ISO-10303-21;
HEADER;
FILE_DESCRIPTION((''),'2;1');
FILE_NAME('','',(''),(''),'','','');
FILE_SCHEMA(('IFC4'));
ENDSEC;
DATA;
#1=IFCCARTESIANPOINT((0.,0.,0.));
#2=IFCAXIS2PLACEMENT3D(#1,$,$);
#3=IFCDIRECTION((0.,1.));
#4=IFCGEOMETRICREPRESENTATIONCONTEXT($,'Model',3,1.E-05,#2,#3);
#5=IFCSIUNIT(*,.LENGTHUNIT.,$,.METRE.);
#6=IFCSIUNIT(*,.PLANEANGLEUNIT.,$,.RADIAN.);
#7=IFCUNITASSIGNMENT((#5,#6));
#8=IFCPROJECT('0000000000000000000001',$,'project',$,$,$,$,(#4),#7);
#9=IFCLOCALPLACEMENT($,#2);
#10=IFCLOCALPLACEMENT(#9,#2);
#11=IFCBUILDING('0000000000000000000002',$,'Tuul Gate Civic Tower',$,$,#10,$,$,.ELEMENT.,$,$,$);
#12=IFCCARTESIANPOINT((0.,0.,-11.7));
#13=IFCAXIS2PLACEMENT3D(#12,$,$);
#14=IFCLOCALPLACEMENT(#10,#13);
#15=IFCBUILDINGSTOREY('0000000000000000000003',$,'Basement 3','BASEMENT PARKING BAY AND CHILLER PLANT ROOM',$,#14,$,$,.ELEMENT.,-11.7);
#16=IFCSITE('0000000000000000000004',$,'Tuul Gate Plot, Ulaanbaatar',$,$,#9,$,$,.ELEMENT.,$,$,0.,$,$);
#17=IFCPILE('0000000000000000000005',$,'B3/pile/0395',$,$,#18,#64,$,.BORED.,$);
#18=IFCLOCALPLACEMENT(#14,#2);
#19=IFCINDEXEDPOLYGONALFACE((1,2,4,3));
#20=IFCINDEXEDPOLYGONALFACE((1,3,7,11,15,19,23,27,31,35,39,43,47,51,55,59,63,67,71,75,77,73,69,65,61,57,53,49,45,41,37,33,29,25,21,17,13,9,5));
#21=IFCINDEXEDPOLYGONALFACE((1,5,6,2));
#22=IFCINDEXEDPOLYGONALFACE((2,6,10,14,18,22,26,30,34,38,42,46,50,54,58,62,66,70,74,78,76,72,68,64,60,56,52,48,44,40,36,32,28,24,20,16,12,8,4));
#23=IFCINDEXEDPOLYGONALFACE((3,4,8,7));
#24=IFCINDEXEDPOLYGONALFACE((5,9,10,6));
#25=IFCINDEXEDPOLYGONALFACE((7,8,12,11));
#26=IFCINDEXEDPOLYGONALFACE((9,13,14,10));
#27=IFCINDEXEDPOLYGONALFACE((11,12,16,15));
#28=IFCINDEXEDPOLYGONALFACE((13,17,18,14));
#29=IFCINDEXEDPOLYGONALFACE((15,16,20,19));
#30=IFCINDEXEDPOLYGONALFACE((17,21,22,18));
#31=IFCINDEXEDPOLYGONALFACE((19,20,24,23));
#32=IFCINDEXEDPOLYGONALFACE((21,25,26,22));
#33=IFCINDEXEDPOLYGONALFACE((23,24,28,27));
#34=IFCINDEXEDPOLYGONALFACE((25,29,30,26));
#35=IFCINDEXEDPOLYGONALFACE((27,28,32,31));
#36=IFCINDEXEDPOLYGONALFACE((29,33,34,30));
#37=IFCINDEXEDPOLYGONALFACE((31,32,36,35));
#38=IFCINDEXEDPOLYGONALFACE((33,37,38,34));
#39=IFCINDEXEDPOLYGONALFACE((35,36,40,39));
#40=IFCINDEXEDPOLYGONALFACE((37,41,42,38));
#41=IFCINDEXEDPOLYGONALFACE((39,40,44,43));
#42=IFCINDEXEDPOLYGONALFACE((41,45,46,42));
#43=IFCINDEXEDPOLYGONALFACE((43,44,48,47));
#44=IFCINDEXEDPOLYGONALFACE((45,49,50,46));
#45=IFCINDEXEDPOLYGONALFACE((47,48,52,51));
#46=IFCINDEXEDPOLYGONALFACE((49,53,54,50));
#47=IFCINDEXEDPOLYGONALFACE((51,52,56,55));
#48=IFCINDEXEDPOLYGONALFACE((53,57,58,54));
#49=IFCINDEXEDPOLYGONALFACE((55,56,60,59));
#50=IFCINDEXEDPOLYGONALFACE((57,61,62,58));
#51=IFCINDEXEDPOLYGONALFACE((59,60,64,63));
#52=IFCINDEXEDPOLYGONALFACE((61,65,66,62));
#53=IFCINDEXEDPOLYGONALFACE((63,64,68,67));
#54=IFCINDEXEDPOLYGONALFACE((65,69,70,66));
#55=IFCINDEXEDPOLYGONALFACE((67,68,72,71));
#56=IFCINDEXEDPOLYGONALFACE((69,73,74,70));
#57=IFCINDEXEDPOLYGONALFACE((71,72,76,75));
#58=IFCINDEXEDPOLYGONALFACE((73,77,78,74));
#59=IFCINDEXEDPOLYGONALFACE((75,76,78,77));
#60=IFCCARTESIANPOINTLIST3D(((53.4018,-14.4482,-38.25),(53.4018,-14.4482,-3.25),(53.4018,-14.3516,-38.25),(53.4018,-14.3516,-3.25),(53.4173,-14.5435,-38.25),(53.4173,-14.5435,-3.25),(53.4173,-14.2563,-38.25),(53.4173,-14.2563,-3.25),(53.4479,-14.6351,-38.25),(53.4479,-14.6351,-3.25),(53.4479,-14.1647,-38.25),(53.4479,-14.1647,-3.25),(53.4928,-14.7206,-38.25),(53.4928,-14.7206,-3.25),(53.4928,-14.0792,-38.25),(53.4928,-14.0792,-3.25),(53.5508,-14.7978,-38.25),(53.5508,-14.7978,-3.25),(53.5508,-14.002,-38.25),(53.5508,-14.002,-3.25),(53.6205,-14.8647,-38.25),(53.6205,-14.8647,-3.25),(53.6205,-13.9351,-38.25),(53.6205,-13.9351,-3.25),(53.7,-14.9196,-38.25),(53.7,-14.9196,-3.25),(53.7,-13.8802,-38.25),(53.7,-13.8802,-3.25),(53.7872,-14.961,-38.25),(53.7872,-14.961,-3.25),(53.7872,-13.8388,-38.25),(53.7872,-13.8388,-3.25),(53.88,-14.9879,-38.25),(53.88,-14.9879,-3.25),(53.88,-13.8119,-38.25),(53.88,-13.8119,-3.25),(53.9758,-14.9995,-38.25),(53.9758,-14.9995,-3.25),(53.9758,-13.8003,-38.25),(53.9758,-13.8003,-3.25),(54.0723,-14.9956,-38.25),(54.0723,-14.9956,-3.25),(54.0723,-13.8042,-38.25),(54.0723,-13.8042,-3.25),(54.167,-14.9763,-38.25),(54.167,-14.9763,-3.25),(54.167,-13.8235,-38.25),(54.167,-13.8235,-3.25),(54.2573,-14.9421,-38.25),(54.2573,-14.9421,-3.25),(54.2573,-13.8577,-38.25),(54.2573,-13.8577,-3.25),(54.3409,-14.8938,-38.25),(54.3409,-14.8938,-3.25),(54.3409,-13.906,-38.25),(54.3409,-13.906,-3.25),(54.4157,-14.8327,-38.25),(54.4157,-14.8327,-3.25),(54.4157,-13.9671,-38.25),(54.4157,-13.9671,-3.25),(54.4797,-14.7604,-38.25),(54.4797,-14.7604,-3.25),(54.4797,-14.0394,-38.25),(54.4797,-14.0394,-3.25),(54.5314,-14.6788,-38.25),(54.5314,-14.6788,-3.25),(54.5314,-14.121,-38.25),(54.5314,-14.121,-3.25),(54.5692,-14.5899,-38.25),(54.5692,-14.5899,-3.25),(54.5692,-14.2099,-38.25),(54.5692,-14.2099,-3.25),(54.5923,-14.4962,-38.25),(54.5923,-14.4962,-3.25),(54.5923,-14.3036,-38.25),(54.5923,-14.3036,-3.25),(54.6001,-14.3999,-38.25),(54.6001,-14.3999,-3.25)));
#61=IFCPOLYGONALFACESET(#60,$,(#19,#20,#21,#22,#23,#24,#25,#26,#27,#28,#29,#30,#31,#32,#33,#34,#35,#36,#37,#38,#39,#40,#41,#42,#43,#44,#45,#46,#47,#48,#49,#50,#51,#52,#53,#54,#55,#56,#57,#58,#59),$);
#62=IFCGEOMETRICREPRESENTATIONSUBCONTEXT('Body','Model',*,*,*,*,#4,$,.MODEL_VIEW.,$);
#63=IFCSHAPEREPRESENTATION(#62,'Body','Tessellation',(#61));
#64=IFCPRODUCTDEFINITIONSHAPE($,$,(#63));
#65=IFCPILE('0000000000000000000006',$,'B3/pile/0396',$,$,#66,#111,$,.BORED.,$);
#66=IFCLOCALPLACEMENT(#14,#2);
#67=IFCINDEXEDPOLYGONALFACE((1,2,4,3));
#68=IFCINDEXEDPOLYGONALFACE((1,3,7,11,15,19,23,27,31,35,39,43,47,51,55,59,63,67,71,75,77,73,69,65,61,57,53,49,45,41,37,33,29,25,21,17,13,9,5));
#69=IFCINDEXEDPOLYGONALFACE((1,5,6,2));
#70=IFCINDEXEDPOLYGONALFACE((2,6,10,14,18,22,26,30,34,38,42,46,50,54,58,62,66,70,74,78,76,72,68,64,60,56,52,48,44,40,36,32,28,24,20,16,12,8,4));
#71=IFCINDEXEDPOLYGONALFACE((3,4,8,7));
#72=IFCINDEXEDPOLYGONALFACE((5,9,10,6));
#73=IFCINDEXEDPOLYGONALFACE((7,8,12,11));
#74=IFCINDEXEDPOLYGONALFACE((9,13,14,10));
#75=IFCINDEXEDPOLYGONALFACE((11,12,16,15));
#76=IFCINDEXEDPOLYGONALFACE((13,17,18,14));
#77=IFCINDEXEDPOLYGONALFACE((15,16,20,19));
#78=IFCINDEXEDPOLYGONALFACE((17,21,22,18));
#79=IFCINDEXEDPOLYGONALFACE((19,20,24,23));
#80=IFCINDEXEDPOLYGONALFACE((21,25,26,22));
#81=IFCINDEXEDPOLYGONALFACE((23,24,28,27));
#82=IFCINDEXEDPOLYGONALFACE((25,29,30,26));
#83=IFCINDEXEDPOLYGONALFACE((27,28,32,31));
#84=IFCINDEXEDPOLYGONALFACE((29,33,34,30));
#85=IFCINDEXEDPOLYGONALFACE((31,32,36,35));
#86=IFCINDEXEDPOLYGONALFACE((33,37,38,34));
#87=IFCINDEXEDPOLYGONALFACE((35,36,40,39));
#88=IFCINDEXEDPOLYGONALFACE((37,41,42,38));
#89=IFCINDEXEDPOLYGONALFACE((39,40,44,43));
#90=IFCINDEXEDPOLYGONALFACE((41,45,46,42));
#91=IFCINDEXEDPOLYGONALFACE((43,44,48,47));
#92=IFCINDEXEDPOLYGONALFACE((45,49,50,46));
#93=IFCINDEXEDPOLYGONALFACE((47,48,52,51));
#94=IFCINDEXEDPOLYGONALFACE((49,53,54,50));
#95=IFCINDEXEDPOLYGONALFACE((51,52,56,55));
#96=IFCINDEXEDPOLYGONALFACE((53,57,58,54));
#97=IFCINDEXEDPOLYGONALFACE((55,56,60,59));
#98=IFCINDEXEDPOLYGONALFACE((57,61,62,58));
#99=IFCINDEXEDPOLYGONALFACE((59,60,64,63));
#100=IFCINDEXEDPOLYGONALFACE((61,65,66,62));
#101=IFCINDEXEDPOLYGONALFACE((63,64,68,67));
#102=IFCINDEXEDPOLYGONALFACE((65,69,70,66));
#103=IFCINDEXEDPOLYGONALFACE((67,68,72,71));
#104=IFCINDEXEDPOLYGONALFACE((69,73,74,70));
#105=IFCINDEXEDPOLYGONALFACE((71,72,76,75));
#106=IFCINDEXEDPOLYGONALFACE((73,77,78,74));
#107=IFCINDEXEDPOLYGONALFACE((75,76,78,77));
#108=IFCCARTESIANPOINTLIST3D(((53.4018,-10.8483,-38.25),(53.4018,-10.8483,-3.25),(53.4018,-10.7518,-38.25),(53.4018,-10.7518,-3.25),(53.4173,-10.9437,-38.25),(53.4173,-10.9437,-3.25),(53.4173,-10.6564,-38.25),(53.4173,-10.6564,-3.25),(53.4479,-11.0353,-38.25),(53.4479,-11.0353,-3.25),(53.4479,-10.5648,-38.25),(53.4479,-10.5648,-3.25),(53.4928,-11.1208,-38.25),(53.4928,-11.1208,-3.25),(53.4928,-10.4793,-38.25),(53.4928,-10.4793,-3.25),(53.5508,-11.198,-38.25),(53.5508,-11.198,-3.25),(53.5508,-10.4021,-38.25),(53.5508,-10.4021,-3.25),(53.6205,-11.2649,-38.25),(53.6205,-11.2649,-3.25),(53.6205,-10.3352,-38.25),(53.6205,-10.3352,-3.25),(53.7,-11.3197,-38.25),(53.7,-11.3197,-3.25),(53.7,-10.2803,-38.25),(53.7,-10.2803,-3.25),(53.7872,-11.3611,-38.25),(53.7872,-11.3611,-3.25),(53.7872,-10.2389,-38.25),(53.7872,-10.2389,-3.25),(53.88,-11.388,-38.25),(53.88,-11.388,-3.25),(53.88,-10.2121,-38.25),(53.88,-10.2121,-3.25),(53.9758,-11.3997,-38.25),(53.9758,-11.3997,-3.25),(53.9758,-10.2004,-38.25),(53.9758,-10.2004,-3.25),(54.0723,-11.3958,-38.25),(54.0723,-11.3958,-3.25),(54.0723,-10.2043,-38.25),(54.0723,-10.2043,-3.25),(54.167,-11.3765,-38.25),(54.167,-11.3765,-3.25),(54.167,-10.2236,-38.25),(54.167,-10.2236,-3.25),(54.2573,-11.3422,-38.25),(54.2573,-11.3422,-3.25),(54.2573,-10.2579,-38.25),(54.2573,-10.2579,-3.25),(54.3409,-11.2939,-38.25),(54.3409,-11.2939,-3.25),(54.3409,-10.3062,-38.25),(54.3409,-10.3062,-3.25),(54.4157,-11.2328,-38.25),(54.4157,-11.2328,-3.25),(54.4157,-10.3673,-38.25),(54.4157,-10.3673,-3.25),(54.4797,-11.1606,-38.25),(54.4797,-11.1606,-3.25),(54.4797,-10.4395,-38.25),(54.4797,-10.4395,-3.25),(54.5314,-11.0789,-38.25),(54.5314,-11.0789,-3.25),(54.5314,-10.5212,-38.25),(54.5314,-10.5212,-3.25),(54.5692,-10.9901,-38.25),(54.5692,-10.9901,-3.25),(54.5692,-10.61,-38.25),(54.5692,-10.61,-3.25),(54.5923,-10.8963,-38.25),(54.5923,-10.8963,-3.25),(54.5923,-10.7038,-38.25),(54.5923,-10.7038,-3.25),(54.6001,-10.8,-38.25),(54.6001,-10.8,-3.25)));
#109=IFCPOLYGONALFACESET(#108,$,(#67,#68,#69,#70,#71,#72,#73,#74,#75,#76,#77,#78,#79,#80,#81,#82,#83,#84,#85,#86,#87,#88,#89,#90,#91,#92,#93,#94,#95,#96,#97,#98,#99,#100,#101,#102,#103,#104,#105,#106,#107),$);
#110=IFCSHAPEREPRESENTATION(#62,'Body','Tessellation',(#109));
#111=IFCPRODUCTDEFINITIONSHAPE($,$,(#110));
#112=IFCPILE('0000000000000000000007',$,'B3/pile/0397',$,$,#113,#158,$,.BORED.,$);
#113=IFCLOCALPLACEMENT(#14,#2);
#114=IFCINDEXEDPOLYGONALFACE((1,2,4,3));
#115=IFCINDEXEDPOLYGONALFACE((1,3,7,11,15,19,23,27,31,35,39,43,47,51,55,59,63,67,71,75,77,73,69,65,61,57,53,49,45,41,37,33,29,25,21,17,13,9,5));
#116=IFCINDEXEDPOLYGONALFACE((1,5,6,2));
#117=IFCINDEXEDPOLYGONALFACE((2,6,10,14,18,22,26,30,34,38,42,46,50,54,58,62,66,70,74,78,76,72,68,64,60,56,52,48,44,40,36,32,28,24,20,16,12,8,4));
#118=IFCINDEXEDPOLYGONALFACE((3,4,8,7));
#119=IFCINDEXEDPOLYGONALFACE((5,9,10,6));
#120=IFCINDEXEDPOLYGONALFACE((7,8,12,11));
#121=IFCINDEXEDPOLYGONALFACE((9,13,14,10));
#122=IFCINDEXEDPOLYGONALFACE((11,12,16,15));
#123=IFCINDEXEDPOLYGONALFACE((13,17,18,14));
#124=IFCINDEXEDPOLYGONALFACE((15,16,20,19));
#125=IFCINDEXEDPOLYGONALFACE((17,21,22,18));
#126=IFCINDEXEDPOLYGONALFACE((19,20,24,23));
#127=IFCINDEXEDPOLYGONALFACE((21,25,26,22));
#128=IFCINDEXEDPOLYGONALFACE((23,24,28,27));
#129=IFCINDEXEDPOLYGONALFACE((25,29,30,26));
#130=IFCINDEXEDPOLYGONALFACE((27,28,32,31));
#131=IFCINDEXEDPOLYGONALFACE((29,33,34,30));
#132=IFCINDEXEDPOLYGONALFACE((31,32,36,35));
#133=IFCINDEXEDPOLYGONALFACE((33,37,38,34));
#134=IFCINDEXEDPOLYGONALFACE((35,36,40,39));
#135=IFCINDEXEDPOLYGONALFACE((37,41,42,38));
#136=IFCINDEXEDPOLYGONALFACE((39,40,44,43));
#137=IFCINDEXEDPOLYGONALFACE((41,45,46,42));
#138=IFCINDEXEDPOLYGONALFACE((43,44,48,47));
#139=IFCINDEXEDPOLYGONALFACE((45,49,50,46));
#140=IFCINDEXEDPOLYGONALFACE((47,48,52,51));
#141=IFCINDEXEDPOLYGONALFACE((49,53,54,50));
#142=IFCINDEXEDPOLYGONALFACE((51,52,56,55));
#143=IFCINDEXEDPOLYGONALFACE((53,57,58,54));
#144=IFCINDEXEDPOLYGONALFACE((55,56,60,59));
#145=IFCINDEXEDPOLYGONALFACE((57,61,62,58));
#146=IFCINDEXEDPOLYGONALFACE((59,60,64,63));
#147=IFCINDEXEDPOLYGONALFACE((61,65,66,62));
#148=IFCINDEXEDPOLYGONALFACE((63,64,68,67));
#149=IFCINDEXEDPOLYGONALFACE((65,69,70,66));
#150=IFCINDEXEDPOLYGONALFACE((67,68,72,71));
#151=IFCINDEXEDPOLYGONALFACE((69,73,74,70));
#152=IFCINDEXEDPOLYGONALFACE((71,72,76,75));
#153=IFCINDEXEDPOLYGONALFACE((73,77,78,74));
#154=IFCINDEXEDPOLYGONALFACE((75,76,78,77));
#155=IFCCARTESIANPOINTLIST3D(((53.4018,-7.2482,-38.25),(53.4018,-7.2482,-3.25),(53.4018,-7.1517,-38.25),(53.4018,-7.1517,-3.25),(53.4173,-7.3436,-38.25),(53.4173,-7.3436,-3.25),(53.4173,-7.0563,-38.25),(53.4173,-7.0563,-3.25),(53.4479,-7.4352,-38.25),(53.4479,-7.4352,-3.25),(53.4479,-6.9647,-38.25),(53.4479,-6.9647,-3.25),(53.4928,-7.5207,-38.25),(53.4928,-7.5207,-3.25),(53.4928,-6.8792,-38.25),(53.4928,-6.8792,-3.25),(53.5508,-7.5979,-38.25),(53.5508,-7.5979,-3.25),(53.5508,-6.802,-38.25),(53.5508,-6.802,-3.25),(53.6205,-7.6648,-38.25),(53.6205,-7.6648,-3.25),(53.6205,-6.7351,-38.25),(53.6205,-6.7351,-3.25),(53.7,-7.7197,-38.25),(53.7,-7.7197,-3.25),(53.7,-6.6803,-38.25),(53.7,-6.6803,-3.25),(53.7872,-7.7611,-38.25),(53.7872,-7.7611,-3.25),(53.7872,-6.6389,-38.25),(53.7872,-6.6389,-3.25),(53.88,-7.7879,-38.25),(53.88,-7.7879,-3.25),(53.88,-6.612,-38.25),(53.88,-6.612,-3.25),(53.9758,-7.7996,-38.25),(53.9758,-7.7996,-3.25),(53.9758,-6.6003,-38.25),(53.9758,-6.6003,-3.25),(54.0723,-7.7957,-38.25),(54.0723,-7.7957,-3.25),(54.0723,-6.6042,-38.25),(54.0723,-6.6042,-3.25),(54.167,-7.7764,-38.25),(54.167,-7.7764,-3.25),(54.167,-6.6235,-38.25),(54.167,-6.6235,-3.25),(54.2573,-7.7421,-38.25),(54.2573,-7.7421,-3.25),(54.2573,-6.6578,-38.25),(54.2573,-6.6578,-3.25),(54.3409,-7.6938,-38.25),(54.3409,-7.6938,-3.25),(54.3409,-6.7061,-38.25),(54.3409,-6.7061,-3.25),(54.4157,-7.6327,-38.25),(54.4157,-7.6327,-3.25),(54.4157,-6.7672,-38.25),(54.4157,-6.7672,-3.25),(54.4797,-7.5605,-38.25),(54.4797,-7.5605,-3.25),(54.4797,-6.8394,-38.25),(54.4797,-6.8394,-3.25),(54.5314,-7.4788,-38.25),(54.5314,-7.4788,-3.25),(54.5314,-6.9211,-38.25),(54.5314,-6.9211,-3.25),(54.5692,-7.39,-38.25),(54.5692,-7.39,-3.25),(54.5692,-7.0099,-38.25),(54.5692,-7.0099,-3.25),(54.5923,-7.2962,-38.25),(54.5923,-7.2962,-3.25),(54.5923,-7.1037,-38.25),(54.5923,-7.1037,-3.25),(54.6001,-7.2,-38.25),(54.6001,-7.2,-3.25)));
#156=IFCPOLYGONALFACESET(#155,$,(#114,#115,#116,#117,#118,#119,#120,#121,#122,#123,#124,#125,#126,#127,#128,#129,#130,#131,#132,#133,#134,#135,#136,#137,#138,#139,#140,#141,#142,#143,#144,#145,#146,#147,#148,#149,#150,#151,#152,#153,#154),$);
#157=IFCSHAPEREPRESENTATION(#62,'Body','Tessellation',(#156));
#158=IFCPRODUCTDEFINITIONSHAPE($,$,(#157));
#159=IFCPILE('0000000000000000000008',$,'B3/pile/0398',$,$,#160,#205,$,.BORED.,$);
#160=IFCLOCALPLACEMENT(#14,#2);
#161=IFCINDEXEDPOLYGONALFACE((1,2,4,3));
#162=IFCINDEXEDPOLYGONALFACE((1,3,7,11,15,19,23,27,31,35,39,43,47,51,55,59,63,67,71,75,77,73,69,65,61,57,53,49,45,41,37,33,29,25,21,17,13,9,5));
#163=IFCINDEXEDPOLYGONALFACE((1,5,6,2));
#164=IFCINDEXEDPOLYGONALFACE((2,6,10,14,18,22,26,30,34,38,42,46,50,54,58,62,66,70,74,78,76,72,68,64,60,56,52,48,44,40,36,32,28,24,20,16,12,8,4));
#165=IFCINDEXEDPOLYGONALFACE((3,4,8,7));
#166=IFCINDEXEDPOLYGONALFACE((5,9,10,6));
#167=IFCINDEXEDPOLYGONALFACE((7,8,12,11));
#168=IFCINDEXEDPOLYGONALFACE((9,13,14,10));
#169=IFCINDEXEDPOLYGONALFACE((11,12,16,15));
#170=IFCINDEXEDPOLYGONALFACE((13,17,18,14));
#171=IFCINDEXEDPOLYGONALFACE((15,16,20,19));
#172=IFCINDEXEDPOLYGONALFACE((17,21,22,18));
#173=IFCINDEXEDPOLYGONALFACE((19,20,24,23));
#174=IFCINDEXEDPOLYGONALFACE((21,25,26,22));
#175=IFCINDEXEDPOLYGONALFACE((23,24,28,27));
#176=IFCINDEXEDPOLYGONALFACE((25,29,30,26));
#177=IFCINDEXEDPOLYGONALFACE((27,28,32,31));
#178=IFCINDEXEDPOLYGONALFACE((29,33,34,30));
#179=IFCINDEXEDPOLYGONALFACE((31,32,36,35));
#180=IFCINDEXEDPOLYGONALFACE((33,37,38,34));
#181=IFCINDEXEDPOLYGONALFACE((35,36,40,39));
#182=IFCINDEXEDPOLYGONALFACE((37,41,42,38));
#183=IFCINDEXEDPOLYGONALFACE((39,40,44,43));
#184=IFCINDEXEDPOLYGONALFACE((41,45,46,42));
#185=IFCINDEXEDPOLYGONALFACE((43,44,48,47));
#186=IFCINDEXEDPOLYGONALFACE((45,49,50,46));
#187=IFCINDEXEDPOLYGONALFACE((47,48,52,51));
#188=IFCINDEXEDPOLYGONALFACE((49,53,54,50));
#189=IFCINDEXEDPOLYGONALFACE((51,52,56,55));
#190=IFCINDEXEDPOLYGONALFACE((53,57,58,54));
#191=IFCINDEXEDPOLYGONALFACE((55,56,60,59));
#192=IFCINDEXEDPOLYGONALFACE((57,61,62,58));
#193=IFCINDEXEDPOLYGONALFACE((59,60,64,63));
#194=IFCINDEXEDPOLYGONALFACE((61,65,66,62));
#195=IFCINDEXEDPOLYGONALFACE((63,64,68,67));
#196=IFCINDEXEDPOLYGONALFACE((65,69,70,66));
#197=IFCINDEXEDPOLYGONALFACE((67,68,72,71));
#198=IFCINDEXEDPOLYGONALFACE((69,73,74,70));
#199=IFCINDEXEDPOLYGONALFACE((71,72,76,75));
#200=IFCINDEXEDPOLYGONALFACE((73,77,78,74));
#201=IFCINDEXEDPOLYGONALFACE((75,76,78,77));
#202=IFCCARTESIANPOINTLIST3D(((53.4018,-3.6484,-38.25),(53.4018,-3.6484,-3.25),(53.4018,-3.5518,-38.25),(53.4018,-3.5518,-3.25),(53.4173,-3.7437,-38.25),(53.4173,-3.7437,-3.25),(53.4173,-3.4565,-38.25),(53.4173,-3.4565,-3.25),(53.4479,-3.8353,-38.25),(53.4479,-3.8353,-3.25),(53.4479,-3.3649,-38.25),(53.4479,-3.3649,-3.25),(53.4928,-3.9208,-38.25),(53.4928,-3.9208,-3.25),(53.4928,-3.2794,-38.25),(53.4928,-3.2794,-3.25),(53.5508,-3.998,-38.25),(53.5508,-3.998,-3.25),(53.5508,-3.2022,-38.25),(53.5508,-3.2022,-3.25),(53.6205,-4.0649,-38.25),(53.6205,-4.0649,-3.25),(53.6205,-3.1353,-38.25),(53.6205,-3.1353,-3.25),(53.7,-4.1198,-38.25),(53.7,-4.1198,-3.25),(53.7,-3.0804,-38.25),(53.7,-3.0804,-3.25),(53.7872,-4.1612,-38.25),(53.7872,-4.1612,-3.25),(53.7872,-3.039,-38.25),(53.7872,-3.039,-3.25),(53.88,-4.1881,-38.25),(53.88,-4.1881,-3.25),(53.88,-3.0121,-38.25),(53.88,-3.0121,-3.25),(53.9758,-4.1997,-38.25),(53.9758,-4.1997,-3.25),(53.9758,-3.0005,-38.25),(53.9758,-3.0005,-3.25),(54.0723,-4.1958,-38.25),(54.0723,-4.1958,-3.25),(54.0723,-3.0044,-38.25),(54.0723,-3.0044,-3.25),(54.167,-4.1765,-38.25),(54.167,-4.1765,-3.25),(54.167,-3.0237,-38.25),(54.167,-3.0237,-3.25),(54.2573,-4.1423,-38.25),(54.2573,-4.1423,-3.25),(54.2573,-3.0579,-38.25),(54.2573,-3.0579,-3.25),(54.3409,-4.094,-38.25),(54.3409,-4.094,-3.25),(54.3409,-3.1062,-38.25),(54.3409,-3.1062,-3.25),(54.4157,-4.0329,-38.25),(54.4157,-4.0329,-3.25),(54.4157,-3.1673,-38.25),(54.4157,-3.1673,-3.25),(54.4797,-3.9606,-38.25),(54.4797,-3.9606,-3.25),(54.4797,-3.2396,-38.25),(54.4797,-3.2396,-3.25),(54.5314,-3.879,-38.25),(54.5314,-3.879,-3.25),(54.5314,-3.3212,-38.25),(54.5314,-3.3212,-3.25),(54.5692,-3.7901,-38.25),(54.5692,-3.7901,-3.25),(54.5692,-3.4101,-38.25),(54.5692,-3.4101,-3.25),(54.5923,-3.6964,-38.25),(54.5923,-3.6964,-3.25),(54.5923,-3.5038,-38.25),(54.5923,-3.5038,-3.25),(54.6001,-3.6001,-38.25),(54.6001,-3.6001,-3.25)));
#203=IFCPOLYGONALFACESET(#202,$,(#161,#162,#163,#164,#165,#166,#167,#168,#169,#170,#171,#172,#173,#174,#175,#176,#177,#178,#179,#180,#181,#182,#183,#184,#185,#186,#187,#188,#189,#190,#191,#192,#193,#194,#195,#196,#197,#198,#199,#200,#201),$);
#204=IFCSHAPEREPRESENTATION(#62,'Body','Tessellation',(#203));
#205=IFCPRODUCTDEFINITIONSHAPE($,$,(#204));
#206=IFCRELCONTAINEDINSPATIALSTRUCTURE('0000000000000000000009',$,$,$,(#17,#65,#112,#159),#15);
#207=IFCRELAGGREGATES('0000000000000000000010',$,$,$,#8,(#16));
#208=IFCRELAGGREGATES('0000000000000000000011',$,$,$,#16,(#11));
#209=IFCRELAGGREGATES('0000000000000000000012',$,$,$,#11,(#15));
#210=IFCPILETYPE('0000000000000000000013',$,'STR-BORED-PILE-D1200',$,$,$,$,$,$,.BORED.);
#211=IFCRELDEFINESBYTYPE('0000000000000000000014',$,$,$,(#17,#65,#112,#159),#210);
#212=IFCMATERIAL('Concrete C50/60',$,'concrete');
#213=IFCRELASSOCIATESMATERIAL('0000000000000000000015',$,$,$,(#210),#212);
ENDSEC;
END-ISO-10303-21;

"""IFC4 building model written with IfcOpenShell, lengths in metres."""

from ifc_helpers import new_model, si_unit, direction, frame, origin, origin_2d, place, context, subcontext, project, spatial, circle, extrude, material, material_profile, profile_set, type_object, element, save


model = new_model("IFC4")

# Units and contexts
model_context = context("Model", 3, precision=1e-05, world=origin(), true_north=direction((0.0, 1.0)))
body_context = subcontext(model_context, "Body", "Model", "MODEL_VIEW")
ifc_project = project(units=[si_unit("LENGTHUNIT", "METRE"), si_unit("PLANEANGLEUNIT", "RADIAN")], contexts=[model_context])

# Site, building, storey
site_placement = place(None, origin())
site = spatial("IfcSite", under=ifc_project, at=site_placement, Name="Tuul Gate Plot, Ulaanbaatar", CompositionType="ELEMENT", RefElevation=0.0)
building_placement = place(site_placement, origin())
building = spatial("IfcBuilding", under=site, at=building_placement, Name="Tuul Gate Civic Tower", CompositionType="ELEMENT")
storey_placement = place(building_placement, frame((0.0, 0.0, -11.7)))
storey = spatial("IfcBuildingStorey", under=building, at=storey_placement, Name="Basement 3", Description="BASEMENT PARKING BAY AND CHILLER PLANT ROOM", CompositionType="ELEMENT", Elevation=-11.7)

# Piles
ifc_material_1 = material(Name="Concrete C50/60", Category="concrete")
ifc_material_profile_1 = material_profile(ifc_material_1, circle(Radius=0.6001, at=origin_2d()), Name="PILE1200")
ifc_profile_set_1 = profile_set([ifc_material_profile_1], Name="Concrete C50/60")
pile_type = type_object("IfcPileType", Name="STR-BORED-PILE-D1200", PredefinedType="BORED", material=ifc_profile_set_1)
for number, where, z_axis, x_axis, name in (
    (1, (54.0, -14.3999, -3.25), (0.0, 0.0, -1.0), (1.0, 0.0, 0.0), "B3/pile/0395"),
    (2, (54.0, -10.8, -3.25), (0.0, 0.0, -1.0), (1.0, 0.0, 0.0), "B3/pile/0396"),
    (3, (54.0, -7.2, -3.25), (0.0, 0.0, -1.0), (1.0, 0.0, 0.0), "B3/pile/0397"),
    (4, (54.0, -3.6001, -3.25), (0.0, 0.0, -1.0), (1.0, 0.0, 0.0), "B3/pile/0398"),
):
    element("IfcPile", number, at=place(storey_placement, frame(where, z_axis=z_axis, x_axis=x_axis)), inside=storey, type_object=pile_type, Name=name, PredefinedType="BORED", context=body_context, shape_type="SweptSolid", body=[
        extrude(circle(Radius=0.6001, at=origin_2d()), origin(), (0.0, 0.0, 1.0), 35.0),
    ])

save(model, "model.ifc")
